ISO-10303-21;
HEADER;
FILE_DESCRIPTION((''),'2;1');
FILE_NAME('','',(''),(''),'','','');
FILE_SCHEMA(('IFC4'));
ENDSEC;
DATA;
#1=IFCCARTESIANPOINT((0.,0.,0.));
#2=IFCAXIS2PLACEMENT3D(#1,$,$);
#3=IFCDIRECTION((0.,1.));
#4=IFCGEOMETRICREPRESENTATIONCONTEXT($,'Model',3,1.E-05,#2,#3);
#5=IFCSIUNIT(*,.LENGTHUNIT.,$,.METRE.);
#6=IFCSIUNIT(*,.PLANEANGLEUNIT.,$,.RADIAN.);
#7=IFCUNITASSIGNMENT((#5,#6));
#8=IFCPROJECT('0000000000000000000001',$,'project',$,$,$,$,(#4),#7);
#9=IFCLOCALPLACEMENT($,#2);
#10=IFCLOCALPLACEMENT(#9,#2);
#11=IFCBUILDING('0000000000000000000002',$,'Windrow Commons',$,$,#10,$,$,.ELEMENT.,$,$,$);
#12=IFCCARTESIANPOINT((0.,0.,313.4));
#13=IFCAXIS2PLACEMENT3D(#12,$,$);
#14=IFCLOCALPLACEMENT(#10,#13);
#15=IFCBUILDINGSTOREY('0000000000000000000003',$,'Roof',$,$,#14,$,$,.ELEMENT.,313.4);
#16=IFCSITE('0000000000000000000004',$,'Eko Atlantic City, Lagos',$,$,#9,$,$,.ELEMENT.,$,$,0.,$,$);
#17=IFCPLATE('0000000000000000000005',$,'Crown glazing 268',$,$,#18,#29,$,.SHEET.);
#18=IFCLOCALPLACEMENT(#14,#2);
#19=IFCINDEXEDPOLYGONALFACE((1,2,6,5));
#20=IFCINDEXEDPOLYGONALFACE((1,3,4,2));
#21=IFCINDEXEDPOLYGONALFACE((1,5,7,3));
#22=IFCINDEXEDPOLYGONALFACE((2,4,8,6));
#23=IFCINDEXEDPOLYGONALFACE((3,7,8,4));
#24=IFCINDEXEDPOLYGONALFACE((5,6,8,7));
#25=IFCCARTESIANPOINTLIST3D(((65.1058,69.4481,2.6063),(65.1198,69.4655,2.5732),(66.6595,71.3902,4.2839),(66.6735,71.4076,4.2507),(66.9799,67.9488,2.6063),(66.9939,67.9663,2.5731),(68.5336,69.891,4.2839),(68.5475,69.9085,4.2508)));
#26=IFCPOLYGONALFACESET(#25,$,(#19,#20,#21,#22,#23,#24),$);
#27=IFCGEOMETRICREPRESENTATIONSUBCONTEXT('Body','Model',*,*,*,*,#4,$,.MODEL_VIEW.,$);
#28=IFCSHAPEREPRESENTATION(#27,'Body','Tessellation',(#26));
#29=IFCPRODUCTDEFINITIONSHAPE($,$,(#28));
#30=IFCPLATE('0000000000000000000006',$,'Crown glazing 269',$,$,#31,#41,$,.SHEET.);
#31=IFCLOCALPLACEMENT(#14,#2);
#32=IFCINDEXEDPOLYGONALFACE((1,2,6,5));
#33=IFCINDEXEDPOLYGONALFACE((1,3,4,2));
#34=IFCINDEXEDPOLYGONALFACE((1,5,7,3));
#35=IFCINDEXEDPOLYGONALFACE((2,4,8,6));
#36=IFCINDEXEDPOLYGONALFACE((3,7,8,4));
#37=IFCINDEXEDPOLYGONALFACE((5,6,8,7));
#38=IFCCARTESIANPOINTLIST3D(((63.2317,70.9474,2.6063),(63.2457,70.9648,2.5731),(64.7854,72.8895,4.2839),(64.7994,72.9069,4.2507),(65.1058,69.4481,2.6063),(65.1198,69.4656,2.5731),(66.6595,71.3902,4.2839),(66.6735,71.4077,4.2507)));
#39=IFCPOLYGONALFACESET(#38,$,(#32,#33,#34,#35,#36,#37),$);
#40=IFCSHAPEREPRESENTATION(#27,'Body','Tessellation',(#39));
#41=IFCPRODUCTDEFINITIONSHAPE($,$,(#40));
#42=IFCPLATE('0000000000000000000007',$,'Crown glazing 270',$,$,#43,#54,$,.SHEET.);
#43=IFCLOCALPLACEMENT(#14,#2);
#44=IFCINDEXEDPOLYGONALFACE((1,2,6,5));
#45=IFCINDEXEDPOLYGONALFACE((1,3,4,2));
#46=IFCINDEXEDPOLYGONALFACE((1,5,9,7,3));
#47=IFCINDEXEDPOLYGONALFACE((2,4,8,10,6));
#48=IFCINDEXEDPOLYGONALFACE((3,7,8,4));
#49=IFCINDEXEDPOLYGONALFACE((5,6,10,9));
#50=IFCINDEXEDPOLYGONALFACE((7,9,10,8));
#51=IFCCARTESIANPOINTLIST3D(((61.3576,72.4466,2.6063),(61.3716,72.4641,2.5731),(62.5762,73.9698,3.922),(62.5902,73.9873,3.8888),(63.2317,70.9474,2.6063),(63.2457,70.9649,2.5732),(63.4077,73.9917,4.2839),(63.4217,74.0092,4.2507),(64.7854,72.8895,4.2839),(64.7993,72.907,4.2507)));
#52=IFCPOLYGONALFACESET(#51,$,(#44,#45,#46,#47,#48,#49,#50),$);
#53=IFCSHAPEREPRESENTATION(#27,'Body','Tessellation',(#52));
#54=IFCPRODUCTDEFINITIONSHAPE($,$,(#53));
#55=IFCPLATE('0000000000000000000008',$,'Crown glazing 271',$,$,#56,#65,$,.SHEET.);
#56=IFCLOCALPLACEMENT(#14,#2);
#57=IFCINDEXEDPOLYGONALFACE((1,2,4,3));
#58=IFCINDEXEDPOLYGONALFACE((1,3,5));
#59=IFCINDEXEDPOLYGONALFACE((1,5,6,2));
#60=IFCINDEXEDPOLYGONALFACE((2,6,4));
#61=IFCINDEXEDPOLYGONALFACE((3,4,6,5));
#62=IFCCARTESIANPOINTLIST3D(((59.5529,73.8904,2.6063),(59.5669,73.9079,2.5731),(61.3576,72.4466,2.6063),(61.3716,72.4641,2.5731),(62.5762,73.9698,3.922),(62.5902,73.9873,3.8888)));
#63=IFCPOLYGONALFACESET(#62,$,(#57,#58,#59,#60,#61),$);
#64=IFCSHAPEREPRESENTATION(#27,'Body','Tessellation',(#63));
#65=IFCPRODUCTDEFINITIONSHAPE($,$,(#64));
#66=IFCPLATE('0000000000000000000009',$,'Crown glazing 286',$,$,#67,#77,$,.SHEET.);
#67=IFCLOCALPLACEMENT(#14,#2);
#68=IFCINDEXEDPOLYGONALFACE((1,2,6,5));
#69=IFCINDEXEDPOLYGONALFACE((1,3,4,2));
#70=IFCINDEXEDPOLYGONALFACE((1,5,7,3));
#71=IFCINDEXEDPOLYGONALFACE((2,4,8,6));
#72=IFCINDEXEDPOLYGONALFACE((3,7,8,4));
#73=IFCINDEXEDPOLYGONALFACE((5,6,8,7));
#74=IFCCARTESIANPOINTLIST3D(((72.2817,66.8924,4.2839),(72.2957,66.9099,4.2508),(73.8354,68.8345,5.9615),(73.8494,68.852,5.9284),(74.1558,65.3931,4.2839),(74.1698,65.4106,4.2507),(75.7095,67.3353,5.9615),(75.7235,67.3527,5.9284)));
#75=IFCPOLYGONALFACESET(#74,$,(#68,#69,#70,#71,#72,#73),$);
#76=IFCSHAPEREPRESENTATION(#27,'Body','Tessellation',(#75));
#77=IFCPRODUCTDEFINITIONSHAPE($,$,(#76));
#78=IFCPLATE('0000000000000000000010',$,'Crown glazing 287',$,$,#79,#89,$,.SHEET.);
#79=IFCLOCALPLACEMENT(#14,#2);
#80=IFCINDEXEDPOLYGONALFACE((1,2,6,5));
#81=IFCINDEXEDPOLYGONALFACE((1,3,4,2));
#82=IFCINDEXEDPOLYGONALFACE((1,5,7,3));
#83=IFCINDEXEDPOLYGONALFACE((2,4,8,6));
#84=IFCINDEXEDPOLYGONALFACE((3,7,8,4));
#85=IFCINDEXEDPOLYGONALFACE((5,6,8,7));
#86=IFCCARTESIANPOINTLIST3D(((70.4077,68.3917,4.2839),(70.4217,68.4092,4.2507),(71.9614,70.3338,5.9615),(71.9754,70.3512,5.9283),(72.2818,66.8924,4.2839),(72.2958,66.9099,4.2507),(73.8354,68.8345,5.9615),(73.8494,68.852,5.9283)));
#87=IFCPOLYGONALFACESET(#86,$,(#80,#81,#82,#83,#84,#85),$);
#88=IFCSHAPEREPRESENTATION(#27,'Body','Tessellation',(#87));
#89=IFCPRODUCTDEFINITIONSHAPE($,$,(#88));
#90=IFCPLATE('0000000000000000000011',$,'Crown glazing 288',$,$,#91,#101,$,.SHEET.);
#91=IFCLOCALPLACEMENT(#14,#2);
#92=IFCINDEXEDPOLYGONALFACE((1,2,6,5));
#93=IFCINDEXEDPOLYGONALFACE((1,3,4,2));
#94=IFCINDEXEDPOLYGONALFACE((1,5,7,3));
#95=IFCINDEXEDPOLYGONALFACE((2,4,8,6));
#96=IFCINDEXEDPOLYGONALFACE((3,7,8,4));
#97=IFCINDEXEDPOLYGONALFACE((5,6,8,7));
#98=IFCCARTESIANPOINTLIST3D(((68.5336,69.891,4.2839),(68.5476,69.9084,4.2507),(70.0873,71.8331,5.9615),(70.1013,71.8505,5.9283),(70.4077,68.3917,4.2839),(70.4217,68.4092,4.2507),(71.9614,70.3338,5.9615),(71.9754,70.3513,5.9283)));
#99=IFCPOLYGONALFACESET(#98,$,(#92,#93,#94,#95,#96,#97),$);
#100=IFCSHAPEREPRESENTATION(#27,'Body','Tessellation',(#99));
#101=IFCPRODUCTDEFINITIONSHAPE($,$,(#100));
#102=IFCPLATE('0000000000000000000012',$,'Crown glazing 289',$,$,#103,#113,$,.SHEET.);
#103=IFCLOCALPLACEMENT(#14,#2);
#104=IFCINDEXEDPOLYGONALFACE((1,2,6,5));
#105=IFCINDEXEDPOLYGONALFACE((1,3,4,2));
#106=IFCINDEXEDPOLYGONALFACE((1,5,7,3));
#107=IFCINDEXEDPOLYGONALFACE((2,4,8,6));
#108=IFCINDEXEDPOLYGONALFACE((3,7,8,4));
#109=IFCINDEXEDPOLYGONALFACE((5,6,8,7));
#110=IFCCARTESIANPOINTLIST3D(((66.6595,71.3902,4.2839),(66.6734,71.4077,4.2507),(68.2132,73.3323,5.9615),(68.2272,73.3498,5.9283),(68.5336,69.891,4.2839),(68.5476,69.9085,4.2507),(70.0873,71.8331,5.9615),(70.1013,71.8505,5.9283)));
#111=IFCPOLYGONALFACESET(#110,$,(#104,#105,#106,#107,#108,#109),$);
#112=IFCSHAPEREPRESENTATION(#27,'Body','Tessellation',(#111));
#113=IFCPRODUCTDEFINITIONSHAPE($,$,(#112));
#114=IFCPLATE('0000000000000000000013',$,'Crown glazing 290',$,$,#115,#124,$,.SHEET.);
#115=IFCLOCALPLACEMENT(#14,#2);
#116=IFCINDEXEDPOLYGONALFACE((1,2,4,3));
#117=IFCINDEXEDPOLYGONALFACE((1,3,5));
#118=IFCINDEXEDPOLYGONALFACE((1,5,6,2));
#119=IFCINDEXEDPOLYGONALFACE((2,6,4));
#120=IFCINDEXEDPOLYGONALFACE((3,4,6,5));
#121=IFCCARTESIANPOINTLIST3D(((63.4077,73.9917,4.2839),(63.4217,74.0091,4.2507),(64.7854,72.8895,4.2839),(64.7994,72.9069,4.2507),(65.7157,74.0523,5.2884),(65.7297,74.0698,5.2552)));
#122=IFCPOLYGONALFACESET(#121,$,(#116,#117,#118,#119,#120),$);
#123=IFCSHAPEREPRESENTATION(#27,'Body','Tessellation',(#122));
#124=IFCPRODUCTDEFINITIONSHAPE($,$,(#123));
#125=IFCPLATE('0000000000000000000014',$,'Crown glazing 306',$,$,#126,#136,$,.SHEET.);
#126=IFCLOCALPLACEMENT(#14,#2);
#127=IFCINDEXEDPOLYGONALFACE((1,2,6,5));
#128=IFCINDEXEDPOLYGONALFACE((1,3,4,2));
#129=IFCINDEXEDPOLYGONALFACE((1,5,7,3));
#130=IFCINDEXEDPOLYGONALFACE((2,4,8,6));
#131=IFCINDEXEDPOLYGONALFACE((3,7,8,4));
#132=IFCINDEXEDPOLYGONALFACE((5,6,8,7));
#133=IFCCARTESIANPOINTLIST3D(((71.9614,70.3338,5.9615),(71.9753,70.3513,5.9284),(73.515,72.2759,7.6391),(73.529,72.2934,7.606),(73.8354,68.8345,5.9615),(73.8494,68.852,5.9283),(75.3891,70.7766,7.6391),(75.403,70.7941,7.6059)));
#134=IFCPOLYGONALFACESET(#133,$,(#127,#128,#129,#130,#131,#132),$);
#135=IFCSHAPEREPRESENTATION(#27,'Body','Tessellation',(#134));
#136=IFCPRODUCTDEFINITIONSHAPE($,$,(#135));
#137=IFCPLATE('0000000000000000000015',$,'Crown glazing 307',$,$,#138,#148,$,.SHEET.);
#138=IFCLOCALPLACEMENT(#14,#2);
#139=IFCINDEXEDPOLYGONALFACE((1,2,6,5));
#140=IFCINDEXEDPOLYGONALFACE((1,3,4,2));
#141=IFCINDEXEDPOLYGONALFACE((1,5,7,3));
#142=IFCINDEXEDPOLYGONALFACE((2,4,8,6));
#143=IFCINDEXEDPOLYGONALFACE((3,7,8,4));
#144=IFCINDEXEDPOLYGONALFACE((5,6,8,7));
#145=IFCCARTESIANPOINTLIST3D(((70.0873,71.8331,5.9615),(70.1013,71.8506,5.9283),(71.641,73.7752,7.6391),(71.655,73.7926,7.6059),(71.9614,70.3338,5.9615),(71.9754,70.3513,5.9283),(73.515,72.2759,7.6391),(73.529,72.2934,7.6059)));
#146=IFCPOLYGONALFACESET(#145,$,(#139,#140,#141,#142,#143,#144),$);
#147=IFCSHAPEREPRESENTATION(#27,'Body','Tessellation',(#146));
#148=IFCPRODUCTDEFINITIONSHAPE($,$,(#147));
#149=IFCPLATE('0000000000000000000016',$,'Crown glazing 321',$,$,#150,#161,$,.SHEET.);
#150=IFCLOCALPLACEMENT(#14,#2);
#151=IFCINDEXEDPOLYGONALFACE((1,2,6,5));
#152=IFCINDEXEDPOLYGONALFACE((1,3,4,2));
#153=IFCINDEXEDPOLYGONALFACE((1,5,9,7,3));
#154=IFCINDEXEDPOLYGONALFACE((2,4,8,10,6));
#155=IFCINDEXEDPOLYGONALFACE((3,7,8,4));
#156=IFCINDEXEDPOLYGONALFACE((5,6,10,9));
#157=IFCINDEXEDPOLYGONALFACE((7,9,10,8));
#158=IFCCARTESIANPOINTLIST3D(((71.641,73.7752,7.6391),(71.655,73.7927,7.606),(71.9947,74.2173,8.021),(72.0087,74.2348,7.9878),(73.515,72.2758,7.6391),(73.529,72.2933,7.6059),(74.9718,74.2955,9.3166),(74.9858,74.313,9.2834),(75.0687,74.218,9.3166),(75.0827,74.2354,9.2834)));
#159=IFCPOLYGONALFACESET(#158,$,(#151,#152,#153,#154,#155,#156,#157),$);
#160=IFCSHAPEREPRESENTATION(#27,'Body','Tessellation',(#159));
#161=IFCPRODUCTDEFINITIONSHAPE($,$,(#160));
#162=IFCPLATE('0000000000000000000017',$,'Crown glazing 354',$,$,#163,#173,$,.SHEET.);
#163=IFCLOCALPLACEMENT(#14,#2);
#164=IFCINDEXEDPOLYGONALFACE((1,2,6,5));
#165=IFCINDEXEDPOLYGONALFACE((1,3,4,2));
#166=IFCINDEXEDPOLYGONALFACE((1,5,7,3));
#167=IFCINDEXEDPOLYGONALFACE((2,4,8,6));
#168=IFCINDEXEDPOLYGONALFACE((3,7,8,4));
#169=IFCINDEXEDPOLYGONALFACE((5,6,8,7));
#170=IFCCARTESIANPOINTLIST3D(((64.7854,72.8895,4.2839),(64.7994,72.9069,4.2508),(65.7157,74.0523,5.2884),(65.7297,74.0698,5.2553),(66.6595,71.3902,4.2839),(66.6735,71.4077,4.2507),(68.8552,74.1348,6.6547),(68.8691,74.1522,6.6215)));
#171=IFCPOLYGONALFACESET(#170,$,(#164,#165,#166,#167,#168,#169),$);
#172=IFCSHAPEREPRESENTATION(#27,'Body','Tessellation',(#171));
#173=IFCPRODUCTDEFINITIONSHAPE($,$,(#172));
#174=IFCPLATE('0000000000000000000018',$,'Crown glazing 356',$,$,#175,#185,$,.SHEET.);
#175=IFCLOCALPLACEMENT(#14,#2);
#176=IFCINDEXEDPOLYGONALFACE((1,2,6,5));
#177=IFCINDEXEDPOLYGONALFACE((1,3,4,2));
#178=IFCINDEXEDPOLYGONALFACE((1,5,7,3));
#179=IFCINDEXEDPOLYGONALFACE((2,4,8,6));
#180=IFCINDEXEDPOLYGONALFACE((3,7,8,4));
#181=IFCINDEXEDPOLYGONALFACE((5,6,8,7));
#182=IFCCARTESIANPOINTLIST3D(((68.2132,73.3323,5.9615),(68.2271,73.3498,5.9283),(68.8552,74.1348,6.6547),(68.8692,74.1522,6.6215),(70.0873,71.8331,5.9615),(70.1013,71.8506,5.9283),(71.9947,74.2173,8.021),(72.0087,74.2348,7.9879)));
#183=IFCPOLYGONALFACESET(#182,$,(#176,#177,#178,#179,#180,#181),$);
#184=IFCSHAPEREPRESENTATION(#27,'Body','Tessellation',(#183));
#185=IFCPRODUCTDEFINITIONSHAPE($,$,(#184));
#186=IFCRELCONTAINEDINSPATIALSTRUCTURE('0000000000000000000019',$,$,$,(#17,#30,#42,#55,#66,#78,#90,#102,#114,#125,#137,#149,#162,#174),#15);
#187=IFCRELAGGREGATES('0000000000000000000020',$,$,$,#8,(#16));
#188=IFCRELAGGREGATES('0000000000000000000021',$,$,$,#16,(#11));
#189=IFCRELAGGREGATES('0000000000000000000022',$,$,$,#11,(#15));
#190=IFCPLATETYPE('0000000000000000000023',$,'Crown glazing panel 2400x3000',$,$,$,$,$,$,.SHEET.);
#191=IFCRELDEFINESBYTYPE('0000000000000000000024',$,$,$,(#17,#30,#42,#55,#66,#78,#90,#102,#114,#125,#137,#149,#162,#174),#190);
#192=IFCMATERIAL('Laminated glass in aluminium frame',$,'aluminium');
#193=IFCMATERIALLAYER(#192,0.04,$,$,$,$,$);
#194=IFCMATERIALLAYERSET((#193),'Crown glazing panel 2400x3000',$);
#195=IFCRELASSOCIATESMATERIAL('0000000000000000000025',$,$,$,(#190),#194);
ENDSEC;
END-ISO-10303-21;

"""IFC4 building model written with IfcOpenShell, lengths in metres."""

from ifc_helpers import new_model, si_unit, direction, frame, origin, place, context, subcontext, project, spatial, polyline, outline, extrude, material, layer, layer_set, type_object, element, save


model = new_model("IFC4")

# Units and contexts
model_context = context("Model", 3, precision=1e-05, world=origin(), true_north=direction((0.0, 1.0)))
body_context = subcontext(model_context, "Body", "Model", "MODEL_VIEW")
ifc_project = project(units=[si_unit("LENGTHUNIT", "METRE"), si_unit("PLANEANGLEUNIT", "RADIAN")], contexts=[model_context])

# Site, building, storey
site_placement = place(None, origin())
site = spatial("IfcSite", under=ifc_project, at=site_placement, Name="Eko Atlantic City, Lagos", CompositionType="ELEMENT", RefElevation=0.0)
building_placement = place(site_placement, origin())
building = spatial("IfcBuilding", under=site, at=building_placement, Name="Windrow Commons", CompositionType="ELEMENT")
storey_placement = place(building_placement, frame((0.0, 0.0, 313.4)))
storey = spatial("IfcBuildingStorey", under=building, at=storey_placement, Name="Roof", CompositionType="ELEMENT", Elevation=313.4)

# Plates
ifc_material_1 = material(Name="Laminated glass in aluminium frame", Category="aluminium")
ifc_layer_1 = layer(ifc_material_1, 0.04)
ifc_layer_set_1 = layer_set([ifc_layer_1], Name="Crown glazing panel 2400x3000")
plate_type = type_object("IfcPlateType", Name="Crown glazing panel 2400x3000", PredefinedType="SHEET", material=ifc_layer_set_1)
plate_1_placement = place(storey_placement, frame((66.9799, 67.9488, 2.6063), z_axis=(-0.34932, -0.436659, 0.829038), x_axis=(-0.780868, 0.624696, 0.000008)))
element("IfcPlate", 1, at=plate_1_placement, inside=storey, type_object=plate_type, Name="Crown glazing 268", PredefinedType="SHEET", context=body_context, shape_type="SweptSolid", body=[
    extrude(outline(polyline([(0.0, 0.0), (2.4, 0.0), (2.4, -3.0), (0.0001, -3.0001), (0.0, 0.0)])), origin(), (0.0, 0.0, -1.0), 0.04),
])
plate_2_placement = place(storey_placement, frame((65.1058, 69.4481, 2.6063), z_axis=(-0.349331, -0.436658, 0.829034), x_axis=(-0.780865, 0.6247, 0.0)))
element("IfcPlate", 2, at=plate_2_placement, inside=storey, type_object=plate_type, Name="Crown glazing 269", PredefinedType="SHEET", context=body_context, shape_type="SweptSolid", body=[
    extrude(outline(polyline([(0.0, 0.0), (2.4, 0.0), (2.4, -3.0), (0.0, -3.0), (0.0, 0.0)])), origin(), (0.0, 0.0, -1.0), 0.04),
])
plate_3_placement = place(storey_placement, frame((63.4077, 73.9917, 4.2839), z_axis=(-0.349322, -0.436655, 0.82904), x_axis=(0.780862, -0.624704, -0.00001)))
element("IfcPlate", 3, at=plate_3_placement, inside=storey, type_object=plate_type, Name="Crown glazing 270", PredefinedType="SHEET", context=body_context, shape_type="SweptSolid", body=[
    extrude(outline(polyline([(0.0, 0.0), (1.7643, 0.0), (1.7644, -3.0), (-0.6356, -3.0001), (-0.6356, -0.6472), (0.0, 0.0)])), origin(), (0.0, 0.0, -1.0), 0.04),
])
plate_4_placement = place(storey_placement, frame((62.5762, 73.9698, 3.922), z_axis=(-0.349323, -0.436641, 0.829047), x_axis=(-0.517912, -0.647368, -0.55918)))
element("IfcPlate", 4, at=plate_4_placement, inside=storey, type_object=plate_type, Name="Crown glazing 271", PredefinedType="SHEET", context=body_context, shape_type="SweptSolid", body=[
    extrude(outline(polyline([(0.0, 0.0), (2.3529, 0.0), (2.3529, -2.3112), (0.0, 0.0)])), origin(), (0.0, 0.0, -1.0), 0.04),
])
plate_5_placement = place(storey_placement, frame((74.1558, 65.3931, 4.2839), z_axis=(-0.349329, -0.436658, 0.829035), x_axis=(-0.780854, 0.624713, 0.000014)))
element("IfcPlate", 5, at=plate_5_placement, inside=storey, type_object=plate_type, Name="Crown glazing 286", PredefinedType="SHEET", context=body_context, shape_type="SweptSolid", body=[
    extrude(outline(polyline([(0.0, 0.0), (2.4, 0.0), (2.4001, -3.0), (0.0001, -3.0001), (0.0, 0.0)])), origin(), (0.0, 0.0, -1.0), 0.04),
])
plate_6_placement = place(storey_placement, frame((72.2818, 66.8924, 4.2839), z_axis=(-0.349339, -0.436657, 0.829031), x_axis=(-0.780862, 0.624703, -0.000006)))
element("IfcPlate", 6, at=plate_6_placement, inside=storey, type_object=plate_type, Name="Crown glazing 287", PredefinedType="SHEET", context=body_context, shape_type="SweptSolid", body=[
    extrude(outline(polyline([(0.0, 0.0), (2.4, 0.0), (2.4, -3.0), (0.0001, -3.0), (0.0, 0.0)])), origin(), (0.0, 0.0, -1.0), 0.04),
])
plate_7_placement = place(storey_placement, frame((70.4077, 68.3917, 4.2839), z_axis=(-0.349331, -0.436658, 0.829034), x_axis=(-0.780865, 0.6247, 0.0)))
element("IfcPlate", 7, at=plate_7_placement, inside=storey, type_object=plate_type, Name="Crown glazing 288", PredefinedType="SHEET", context=body_context, shape_type="SweptSolid", body=[
    extrude(outline(polyline([(0.0, 0.0), (2.4, 0.0), (2.4, -3.0), (0.0, -3.0), (0.0, 0.0)])), origin(), (0.0, 0.0, -1.0), 0.04),
])
plate_8_placement = place(storey_placement, frame((68.5336, 69.891, 4.2839), z_axis=(-0.349317, -0.436669, 0.829034), x_axis=(-0.780885, 0.624675, 0.0)))
element("IfcPlate", 8, at=plate_8_placement, inside=storey, type_object=plate_type, Name="Crown glazing 289", PredefinedType="SHEET", context=body_context, shape_type="SweptSolid", body=[
    extrude(outline(polyline([(0.0, 0.0), (2.4, 0.0), (2.3999, -3.0), (-0.0001, -3.0), (0.0, 0.0)])), origin(), (0.0, 0.0, -1.0), 0.04),
])
plate_9_placement = place(storey_placement, frame((65.7157, 74.0523, 5.2884), z_axis=(-0.349346, -0.436667, 0.829023), x_axis=(-0.517907, -0.647342, -0.559215)))
element("IfcPlate", 9, at=plate_9_placement, inside=storey, type_object=plate_type, Name="Crown glazing 290", PredefinedType="SHEET", context=body_context, shape_type="SweptSolid", body=[
    extrude(outline(polyline([(0.0, 0.0), (1.7963, 0.0), (1.7963, -1.7643), (0.0, 0.0)])), origin(), (0.0, 0.0, -1.0), 0.04),
])
plate_10_placement = place(storey_placement, frame((73.8354, 68.8345, 5.9615), z_axis=(-0.349339, -0.436657, 0.829031), x_axis=(-0.780851, 0.624717, 0.000006)))
element("IfcPlate", 10, at=plate_10_placement, inside=storey, type_object=plate_type, Name="Crown glazing 306", PredefinedType="SHEET", context=body_context, shape_type="SweptSolid", body=[
    extrude(outline(polyline([(0.0, 0.0), (2.4, 0.0), (2.4001, -3.0), (0.0001, -3.0), (0.0, 0.0)])), origin(), (0.0, 0.0, -1.0), 0.04),
])
plate_11_placement = place(storey_placement, frame((71.9614, 70.3338, 5.9615), z_axis=(-0.349339, -0.436657, 0.829031), x_axis=(-0.780862, 0.624703, -0.000006)))
element("IfcPlate", 11, at=plate_11_placement, inside=storey, type_object=plate_type, Name="Crown glazing 307", PredefinedType="SHEET", context=body_context, shape_type="SweptSolid", body=[
    extrude(outline(polyline([(0.0, 0.0), (2.4, 0.0), (2.4, -3.0), (0.0001, -3.0), (0.0, 0.0)])), origin(), (0.0, 0.0, -1.0), 0.04),
])
plate_12_placement = place(storey_placement, frame((74.9718, 74.2955, 9.3166), z_axis=(-0.349324, -0.436643, 0.829045), x_axis=(0.78092, -0.624631, 0.000065)))
element("IfcPlate", 12, at=plate_12_placement, inside=storey, type_object=plate_type, Name="Crown glazing 321", PredefinedType="SHEET", context=body_context, shape_type="SweptSolid", body=[
    extrude(outline(polyline([(0.0, 0.0), (0.1241, 0.0), (0.1238, -3.0), (-2.2762, -2.9996), (-2.2761, -2.3167), (0.0, 0.0)])), origin(), (0.0, 0.0, -1.0), 0.04),
])
plate_13_placement = place(storey_placement, frame((66.6595, 71.3902, 4.2839), z_axis=(-0.349325, -0.436668, 0.829031), x_axis=(-0.780869, 0.624695, 0.000009)))
element("IfcPlate", 13, at=plate_13_placement, inside=storey, type_object=plate_type, Name="Crown glazing 354", PredefinedType="SHEET", context=body_context, shape_type="SweptSolid", body=[
    extrude(outline(polyline([(0.0, 0.0), (2.4, 0.0), (2.4, -1.7963), (0.0, -4.2396), (0.0, 0.0)])), origin(), (0.0, 0.0, -1.0), 0.04),
])
plate_14_placement = place(storey_placement, frame((70.0873, 71.8331, 5.9615), z_axis=(-0.349317, -0.436669, 0.829034), x_axis=(-0.780885, 0.624675, -0.000001)))
element("IfcPlate", 14, at=plate_14_placement, inside=storey, type_object=plate_type, Name="Crown glazing 356", PredefinedType="SHEET", context=body_context, shape_type="SweptSolid", body=[
    extrude(outline(polyline([(0.0, 0.0), (2.4, 0.0), (2.3999, -1.2396), (-0.0001, -3.683), (0.0, 0.0)])), origin(), (0.0, 0.0, -1.0), 0.04),
])

save(model, "model.ifc")
